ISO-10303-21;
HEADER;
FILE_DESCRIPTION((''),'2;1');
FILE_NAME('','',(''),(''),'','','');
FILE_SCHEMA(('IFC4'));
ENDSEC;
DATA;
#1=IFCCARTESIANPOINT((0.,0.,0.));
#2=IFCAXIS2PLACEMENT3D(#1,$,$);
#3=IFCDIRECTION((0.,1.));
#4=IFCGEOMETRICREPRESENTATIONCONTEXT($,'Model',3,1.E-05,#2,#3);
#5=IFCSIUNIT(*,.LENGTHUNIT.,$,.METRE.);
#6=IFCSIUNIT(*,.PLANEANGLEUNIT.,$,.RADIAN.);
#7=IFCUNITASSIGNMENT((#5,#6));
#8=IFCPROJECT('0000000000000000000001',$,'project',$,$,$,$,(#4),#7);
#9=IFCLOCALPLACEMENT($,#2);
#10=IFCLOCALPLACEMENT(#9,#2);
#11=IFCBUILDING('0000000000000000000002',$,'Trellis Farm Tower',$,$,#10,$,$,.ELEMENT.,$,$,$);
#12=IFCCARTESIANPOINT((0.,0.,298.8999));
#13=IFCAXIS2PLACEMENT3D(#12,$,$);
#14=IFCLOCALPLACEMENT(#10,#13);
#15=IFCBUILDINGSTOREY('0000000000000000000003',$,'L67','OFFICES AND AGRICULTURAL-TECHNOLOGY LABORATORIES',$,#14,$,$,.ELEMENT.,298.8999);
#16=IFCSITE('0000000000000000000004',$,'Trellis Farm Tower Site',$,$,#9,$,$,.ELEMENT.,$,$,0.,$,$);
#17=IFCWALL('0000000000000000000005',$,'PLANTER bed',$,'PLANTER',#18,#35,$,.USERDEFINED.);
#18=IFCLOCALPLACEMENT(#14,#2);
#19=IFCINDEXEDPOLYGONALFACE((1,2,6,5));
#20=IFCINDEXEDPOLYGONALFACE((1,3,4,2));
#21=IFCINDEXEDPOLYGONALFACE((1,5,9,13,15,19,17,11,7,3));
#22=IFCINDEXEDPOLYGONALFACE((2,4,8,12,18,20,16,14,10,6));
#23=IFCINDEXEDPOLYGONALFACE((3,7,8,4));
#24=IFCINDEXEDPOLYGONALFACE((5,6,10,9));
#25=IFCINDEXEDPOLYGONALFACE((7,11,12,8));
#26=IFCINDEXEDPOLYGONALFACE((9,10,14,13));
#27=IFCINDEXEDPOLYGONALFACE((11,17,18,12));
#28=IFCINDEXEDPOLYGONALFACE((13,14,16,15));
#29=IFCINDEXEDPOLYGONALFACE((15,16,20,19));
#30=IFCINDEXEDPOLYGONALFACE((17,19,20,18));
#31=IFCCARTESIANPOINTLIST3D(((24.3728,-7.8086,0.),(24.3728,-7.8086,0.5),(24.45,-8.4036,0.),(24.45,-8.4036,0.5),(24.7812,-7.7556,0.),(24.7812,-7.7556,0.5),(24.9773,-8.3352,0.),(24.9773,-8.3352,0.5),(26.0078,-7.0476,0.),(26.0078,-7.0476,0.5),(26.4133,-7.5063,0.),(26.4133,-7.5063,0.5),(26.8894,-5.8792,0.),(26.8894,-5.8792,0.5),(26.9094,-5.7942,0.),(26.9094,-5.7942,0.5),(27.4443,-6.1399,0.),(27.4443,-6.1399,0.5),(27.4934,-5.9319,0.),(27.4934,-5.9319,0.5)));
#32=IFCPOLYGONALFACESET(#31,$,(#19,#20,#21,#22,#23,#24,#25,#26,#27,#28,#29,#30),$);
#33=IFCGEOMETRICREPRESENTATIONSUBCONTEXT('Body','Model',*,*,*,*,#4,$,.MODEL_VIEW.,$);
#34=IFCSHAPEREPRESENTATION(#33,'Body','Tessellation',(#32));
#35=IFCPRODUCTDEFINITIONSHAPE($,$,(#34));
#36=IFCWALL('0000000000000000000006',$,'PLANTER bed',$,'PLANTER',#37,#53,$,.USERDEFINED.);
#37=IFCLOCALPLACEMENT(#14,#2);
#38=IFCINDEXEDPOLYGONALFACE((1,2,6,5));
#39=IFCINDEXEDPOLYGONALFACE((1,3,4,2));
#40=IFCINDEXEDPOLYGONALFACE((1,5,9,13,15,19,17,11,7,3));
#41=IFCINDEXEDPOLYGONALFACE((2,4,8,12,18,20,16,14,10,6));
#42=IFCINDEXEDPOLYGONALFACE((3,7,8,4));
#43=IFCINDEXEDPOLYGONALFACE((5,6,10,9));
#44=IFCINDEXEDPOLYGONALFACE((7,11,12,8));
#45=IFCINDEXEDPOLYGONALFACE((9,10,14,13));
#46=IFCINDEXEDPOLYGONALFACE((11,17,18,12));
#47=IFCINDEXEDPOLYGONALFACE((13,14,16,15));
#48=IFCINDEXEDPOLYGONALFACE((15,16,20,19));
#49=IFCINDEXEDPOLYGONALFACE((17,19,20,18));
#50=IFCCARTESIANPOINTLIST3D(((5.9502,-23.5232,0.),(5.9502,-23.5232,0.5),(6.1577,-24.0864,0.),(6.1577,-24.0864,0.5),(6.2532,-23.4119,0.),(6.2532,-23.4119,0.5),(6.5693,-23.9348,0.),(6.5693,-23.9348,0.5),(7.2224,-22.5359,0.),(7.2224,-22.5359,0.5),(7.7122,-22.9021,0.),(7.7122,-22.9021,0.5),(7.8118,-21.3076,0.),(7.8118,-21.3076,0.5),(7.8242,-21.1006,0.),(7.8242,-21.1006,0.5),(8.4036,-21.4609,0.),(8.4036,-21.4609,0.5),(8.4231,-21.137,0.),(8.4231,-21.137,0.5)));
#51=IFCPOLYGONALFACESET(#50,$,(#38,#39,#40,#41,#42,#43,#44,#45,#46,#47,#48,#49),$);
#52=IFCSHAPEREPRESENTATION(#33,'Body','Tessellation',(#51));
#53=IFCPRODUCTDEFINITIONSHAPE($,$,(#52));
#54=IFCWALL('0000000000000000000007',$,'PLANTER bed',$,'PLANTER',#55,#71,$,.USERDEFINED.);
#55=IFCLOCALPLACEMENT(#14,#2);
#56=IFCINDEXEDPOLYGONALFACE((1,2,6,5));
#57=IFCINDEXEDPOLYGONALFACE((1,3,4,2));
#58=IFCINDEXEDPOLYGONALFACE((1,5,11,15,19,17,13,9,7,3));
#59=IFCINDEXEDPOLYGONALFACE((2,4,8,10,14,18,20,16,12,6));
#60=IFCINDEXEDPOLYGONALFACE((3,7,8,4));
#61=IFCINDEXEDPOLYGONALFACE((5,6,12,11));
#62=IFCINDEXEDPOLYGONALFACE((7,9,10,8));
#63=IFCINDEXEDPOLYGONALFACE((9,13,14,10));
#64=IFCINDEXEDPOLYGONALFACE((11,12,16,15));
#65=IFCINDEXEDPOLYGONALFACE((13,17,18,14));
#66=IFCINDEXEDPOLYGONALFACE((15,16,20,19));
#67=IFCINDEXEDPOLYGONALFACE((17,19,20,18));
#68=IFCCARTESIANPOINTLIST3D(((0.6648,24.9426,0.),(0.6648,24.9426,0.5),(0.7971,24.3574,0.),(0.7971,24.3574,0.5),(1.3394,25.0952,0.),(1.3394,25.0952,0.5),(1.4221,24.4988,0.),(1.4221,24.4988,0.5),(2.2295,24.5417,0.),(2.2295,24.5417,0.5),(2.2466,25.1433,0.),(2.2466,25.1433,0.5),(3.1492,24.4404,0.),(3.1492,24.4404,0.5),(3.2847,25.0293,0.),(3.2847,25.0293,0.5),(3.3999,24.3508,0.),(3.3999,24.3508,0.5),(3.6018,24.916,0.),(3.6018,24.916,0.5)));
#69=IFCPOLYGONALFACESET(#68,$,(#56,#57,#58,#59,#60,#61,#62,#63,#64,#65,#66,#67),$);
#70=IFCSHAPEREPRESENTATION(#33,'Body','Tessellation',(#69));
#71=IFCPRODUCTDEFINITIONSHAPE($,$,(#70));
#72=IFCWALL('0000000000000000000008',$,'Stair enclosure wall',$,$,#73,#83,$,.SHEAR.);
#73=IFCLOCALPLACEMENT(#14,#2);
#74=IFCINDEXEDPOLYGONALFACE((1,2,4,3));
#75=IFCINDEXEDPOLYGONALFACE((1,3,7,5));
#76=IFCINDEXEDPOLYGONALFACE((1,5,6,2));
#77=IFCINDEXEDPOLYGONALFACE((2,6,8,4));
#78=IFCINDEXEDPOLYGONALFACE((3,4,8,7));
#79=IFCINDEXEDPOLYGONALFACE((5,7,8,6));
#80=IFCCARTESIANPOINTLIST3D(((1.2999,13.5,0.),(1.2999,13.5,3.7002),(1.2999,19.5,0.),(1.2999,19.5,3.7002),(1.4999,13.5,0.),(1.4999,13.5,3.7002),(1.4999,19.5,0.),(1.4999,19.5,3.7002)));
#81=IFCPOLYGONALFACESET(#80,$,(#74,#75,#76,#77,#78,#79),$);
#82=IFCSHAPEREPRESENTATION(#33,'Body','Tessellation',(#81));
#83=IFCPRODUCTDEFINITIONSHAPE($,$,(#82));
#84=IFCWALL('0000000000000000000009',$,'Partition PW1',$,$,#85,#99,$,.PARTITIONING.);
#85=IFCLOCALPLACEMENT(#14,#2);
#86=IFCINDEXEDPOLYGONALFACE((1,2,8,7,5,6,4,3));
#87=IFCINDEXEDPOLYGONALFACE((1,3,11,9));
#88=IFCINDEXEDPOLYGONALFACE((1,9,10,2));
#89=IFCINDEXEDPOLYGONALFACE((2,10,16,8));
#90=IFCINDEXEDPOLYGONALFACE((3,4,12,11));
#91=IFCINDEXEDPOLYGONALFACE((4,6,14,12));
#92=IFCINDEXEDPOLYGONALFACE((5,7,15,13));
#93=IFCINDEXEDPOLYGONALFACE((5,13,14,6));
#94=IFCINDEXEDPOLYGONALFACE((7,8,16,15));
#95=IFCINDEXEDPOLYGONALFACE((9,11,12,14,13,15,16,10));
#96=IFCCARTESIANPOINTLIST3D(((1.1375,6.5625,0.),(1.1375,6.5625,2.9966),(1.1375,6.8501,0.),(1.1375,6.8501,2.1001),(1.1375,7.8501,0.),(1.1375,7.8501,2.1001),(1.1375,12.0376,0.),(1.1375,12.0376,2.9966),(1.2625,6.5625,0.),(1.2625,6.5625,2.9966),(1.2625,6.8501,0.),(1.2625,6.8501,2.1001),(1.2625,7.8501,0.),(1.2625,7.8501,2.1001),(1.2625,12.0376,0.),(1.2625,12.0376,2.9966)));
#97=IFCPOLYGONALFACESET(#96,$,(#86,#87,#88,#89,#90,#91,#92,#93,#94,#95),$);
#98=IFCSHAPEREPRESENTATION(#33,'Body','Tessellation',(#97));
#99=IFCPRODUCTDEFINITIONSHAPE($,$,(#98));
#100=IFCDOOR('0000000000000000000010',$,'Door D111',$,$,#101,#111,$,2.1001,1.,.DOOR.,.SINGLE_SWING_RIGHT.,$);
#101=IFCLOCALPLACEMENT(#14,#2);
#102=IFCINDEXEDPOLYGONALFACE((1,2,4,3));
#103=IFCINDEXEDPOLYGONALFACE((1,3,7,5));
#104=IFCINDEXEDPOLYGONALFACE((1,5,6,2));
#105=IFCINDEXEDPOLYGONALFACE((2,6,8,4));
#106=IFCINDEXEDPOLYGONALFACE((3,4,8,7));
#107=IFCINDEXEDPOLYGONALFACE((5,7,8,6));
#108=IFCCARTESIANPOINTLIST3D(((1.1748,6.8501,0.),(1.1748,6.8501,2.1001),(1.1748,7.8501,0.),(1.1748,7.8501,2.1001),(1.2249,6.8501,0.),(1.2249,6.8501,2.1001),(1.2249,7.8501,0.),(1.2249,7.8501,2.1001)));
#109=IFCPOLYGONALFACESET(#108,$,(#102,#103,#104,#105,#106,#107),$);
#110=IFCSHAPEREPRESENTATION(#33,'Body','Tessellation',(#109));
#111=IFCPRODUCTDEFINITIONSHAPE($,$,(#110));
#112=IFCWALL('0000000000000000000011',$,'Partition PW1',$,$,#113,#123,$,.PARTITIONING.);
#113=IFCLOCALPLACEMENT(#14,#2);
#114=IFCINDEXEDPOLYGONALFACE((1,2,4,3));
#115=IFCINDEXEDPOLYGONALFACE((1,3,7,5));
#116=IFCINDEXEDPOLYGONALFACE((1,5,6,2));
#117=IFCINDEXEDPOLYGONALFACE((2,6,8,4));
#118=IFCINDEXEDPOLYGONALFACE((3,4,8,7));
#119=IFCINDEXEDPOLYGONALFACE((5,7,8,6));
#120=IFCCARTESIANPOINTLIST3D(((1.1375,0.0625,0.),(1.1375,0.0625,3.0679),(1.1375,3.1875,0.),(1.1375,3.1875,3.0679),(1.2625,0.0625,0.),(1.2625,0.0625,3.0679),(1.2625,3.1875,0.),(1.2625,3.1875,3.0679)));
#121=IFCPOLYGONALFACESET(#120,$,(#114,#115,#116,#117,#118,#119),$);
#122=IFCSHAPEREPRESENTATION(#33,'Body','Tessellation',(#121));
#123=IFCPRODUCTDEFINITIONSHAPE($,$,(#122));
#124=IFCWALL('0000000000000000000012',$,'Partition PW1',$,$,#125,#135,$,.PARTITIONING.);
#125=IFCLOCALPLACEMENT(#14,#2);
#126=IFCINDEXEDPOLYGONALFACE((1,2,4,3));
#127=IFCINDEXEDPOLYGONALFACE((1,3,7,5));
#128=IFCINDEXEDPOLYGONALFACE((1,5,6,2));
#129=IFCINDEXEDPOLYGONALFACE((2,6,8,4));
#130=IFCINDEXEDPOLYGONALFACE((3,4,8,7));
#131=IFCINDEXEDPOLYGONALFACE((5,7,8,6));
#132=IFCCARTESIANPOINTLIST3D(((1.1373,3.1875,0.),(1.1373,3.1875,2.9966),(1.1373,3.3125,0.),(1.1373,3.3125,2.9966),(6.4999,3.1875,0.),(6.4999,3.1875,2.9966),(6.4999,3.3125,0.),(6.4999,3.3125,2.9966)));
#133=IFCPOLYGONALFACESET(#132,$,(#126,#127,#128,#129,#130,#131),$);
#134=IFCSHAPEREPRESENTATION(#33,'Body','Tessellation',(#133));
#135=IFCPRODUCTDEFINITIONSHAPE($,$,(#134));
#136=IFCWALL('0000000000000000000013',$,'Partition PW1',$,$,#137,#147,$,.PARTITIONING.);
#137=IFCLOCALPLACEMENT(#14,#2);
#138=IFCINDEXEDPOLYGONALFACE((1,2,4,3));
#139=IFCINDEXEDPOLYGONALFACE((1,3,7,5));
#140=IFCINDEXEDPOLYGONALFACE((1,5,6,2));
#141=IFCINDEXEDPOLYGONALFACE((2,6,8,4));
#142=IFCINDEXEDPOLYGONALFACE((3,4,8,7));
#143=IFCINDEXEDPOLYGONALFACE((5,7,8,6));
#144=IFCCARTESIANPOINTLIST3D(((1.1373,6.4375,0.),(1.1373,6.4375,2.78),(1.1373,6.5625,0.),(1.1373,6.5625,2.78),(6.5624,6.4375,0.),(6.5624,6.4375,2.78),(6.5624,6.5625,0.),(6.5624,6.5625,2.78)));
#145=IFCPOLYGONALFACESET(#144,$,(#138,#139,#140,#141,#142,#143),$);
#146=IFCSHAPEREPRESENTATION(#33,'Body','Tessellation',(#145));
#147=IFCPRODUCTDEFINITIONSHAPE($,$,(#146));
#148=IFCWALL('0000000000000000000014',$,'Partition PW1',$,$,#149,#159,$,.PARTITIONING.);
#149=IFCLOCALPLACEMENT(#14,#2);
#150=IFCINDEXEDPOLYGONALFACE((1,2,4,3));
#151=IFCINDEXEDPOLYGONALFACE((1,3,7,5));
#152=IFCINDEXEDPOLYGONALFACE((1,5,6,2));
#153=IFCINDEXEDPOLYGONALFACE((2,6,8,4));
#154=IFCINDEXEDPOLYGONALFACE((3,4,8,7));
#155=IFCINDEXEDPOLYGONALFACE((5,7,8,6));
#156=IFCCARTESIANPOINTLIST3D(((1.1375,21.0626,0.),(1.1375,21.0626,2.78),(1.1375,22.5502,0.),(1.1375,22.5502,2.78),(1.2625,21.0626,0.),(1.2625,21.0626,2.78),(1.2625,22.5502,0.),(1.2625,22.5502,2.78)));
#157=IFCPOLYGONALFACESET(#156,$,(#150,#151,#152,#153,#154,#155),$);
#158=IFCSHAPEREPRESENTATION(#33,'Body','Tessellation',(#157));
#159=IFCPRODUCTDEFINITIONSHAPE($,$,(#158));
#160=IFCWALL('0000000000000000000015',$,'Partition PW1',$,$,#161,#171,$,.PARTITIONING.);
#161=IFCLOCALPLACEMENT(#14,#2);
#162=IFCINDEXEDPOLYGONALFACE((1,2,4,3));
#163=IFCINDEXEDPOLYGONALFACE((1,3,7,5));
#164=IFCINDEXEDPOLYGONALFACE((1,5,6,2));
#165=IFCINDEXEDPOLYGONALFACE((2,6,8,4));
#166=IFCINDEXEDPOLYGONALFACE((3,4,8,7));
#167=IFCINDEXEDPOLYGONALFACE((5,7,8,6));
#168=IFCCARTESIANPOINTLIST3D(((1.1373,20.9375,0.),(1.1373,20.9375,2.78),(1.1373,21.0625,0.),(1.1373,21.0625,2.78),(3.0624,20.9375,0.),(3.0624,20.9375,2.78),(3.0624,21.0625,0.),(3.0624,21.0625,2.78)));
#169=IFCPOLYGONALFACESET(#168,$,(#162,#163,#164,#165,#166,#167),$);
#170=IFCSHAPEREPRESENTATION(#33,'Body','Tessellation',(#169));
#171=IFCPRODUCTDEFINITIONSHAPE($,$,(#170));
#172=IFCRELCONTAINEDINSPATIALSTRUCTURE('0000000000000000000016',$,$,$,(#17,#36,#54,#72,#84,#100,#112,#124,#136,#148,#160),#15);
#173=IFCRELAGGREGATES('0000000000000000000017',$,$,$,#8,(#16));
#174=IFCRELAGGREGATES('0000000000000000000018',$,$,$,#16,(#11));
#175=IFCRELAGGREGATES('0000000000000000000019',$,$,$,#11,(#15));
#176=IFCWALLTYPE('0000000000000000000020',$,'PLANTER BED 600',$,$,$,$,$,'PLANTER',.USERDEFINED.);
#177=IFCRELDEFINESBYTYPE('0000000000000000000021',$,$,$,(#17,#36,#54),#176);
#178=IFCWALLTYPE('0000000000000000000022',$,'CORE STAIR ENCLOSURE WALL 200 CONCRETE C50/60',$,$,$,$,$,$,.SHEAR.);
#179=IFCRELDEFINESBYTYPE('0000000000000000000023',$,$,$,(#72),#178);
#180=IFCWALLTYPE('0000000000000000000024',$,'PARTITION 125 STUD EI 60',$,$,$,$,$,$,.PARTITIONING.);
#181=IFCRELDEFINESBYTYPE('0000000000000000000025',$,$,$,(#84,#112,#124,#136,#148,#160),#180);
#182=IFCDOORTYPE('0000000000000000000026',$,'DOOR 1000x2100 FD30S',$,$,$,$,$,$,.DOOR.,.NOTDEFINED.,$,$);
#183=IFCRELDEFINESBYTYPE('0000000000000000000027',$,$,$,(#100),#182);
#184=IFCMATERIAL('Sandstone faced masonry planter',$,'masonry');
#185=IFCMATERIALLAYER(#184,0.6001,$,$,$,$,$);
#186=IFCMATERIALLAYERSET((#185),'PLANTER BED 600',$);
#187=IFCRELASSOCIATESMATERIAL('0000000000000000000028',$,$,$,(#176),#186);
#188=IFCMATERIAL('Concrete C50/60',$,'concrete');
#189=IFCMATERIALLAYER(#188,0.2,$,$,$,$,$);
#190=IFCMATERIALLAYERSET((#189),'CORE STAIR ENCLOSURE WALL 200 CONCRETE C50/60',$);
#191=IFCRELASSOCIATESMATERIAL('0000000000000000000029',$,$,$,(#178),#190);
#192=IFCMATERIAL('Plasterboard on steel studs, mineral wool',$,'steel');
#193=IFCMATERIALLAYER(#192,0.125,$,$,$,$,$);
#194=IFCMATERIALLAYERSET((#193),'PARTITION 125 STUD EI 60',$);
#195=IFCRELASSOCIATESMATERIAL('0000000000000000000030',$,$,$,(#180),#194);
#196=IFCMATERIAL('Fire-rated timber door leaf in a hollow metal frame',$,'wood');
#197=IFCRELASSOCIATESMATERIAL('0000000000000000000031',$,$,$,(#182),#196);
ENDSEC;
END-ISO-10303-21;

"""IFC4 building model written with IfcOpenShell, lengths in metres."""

from ifc_helpers import new_model, si_unit, direction, frame, frame_2d, origin, place, context, subcontext, project, spatial, polyline, rectangle, outline, extrude, source, transform, mapped, material, layer, layer_set, type_object, element, fill, save


model = new_model("IFC4")

# Units and contexts
model_context = context("Model", 3, precision=1e-05, world=origin(), true_north=direction((0.0, 1.0)))
body_context = subcontext(model_context, "Body", "Model", "MODEL_VIEW")
ifc_project = project(units=[si_unit("LENGTHUNIT", "METRE"), si_unit("PLANEANGLEUNIT", "RADIAN")], contexts=[model_context])

# Site, building, storey
site_placement = place(None, origin())
site = spatial("IfcSite", under=ifc_project, at=site_placement, Name="Trellis Farm Tower Site", CompositionType="ELEMENT", RefElevation=0.0)
building_placement = place(site_placement, origin())
building = spatial("IfcBuilding", under=site, at=building_placement, Name="Trellis Farm Tower", CompositionType="ELEMENT")
storey_placement = place(building_placement, frame((0.0, 0.0, 298.8999)))
storey = spatial("IfcBuildingStorey", under=building, at=storey_placement, Name="L67", Description="OFFICES AND AGRICULTURAL-TECHNOLOGY LABORATORIES", CompositionType="ELEMENT", Elevation=298.8999)

# Shared definitions
placement_1 = place(storey_placement, origin())

# Walls
ifc_material_1 = material(Name="Sandstone faced masonry planter", Category="masonry")
ifc_layer_1 = layer(ifc_material_1, 0.6001)
ifc_layer_set_1 = layer_set([ifc_layer_1], Name="PLANTER BED 600")
wall_type_1 = type_object("IfcWallType", Name="PLANTER BED 600", ElementType="PLANTER", PredefinedType="USERDEFINED", material=ifc_layer_set_1)
element("IfcWall", 1, at=placement_1, inside=storey, type_object=wall_type_1, Name="PLANTER bed", ObjectType="PLANTER", PredefinedType="USERDEFINED", context=body_context, shape_type="SweptSolid", body=[
    extrude(outline(polyline([(27.4443, -6.1399), (26.4133, -7.5063), (24.9773, -8.3352), (24.45, -8.4036), (24.3728, -7.8086), (24.7812, -7.7556), (26.0078, -7.0476), (26.8894, -5.8792), (26.9094, -5.7942), (27.4934, -5.9319), (27.4443, -6.1399)])), origin(), (0.0, 0.0, 1.0), 0.5),
])
element("IfcWall", 2, at=placement_1, inside=storey, type_object=wall_type_1, Name="PLANTER bed", ObjectType="PLANTER", PredefinedType="USERDEFINED", context=body_context, shape_type="SweptSolid", body=[
    extrude(outline(polyline([(7.7122, -22.9021), (6.5693, -23.9348), (6.1577, -24.0864), (5.9502, -23.5232), (6.2532, -23.4119), (7.2224, -22.5359), (7.8118, -21.3076), (7.8242, -21.1006), (8.4231, -21.137), (8.4036, -21.4609), (7.7122, -22.9021)])), origin(), (0.0, 0.0, 1.0), 0.5),
])
element("IfcWall", 3, at=placement_1, inside=storey, type_object=wall_type_1, Name="PLANTER bed", ObjectType="PLANTER", PredefinedType="USERDEFINED", context=body_context, shape_type="SweptSolid", body=[
    extrude(outline(polyline([(2.2466, 25.1433), (3.2847, 25.0293), (3.6018, 24.916), (3.3999, 24.3508), (3.1492, 24.4404), (2.2295, 24.5417), (1.4221, 24.4988), (0.7971, 24.3574), (0.6648, 24.9426), (1.3394, 25.0952), (2.2466, 25.1433)])), origin(), (0.0, 0.0, 1.0), 0.5),
])
ifc_material_2 = material(Name="Concrete C50/60", Category="concrete")
ifc_layer_2 = layer(ifc_material_2, 0.2)
ifc_layer_set_2 = layer_set([ifc_layer_2], Name="CORE STAIR ENCLOSURE WALL 200 CONCRETE C50/60")
wall_type_2 = type_object("IfcWallType", Name="CORE STAIR ENCLOSURE WALL 200 CONCRETE C50/60", PredefinedType="SHEAR", material=ifc_layer_set_2)
shared_shape_1 = source(origin(), body_context, "Body", "SweptSolid", [
    extrude(rectangle(XDim=6.0, YDim=0.2, at=frame_2d((3.0, 0.0))), origin(), (0.0, 0.0, 1.0), 3.7002),
])
wall_1_placement = place(storey_placement, frame((1.3999, 13.5, 0.0), z_axis=(0.0, 0.0, 1.0), x_axis=(0.0, 1.0, 0.0)))
element("IfcWall", 4, at=wall_1_placement, inside=storey, type_object=wall_type_2, Name="Stair enclosure wall", PredefinedType="SHEAR", context=body_context, shape_type="MappedRepresentation", body=[
    mapped(shared_shape_1, transform((0.0, 0.0, 0.0))),
])

# Wall, opening, door
ifc_material_3 = material(Name="Plasterboard on steel studs, mineral wool", Category="steel")
ifc_layer_3 = layer(ifc_material_3, 0.125)
ifc_layer_set_3 = layer_set([ifc_layer_3], Name="PARTITION 125 STUD EI 60")
wall_type_3 = type_object("IfcWallType", Name="PARTITION 125 STUD EI 60", PredefinedType="PARTITIONING", material=ifc_layer_set_3)
shared_shape_2 = source(origin(), body_context, "Body", "SweptSolid", [
    extrude(rectangle(XDim=5.4751, YDim=0.125, at=frame_2d((2.7375, 0.0))), origin(), (0.0, 0.0, 1.0), 2.9966),
])
wall_2_placement = place(storey_placement, frame((1.2, 12.0376, 0.0), z_axis=(0.0, 0.0, 1.0), x_axis=(0.0, -1.0, 0.0)))
wall_2 = element("IfcWall", 5, at=wall_2_placement, inside=storey, type_object=wall_type_3, Name="Partition PW1", PredefinedType="PARTITIONING", context=body_context, shape_type="MappedRepresentation", body=[
    mapped(shared_shape_2, transform((0.0, 0.0, 0.0))),
])
shared_shape_3 = source(origin(), body_context, "Body", "SweptSolid", [
    extrude(rectangle(XDim=1.0, YDim=2.1001, at=frame_2d((0.5, 1.05))), frame((0.0, 0.0725, 0.0), z_axis=(0.0, -1.0, 0.0), x_axis=(1.0, 0.0, 0.0)), (0.0, 0.0, 1.0), 0.145),
])
opening_placement = place(wall_2_placement, frame((4.1875, 0.0, 0.0)))
opening = element("IfcOpeningElement", 6, at=opening_placement, cuts=wall_2, PredefinedType="OPENING", context=body_context, shape_type="MappedRepresentation", body=[
    mapped(shared_shape_3, transform((0.0, 0.0, 0.0))),
])
ifc_material_4 = material(Name="Fire-rated timber door leaf in a hollow metal frame", Category="wood")
door_type = type_object("IfcDoorType", Name="DOOR 1000x2100 FD30S", OperationType="NOTDEFINED", PredefinedType="DOOR", material=ifc_material_4)
shared_shape_4 = source(origin(), body_context, "Body", "SweptSolid", [
    extrude(rectangle(XDim=1.0, YDim=2.1001, at=frame_2d((0.5, 1.05))), frame((0.0, 0.0249, 0.0), z_axis=(0.0, -1.0, 0.0), x_axis=(1.0, 0.0, 0.0)), (0.0, 0.0, 1.0), 0.05),
])
door_placement = place(opening_placement, origin())
door = element("IfcDoor", 7, at=door_placement, inside=storey, type_object=door_type, Name="Door D111", OperationType="SINGLE_SWING_RIGHT", OverallHeight=2.1001, OverallWidth=1.0, PredefinedType="DOOR", context=body_context, shape_type="MappedRepresentation", body=[
    mapped(shared_shape_4, transform((0.0, 0.0, 0.0))),
])
fill(opening, door)

# Walls
shared_shape_5 = source(origin(), body_context, "Body", "SweptSolid", [
    extrude(rectangle(XDim=3.125, YDim=0.125, at=frame_2d((1.5625, 0.0))), origin(), (0.0, 0.0, 1.0), 3.0679),
])
wall_3_placement = place(storey_placement, frame((1.2, 3.1875, 0.0), z_axis=(0.0, 0.0, 1.0), x_axis=(0.0, -1.0, 0.0)))
element("IfcWall", 8, at=wall_3_placement, inside=storey, type_object=wall_type_3, Name="Partition PW1", PredefinedType="PARTITIONING", context=body_context, shape_type="MappedRepresentation", body=[
    mapped(shared_shape_5, transform((0.0, 0.0, 0.0))),
])
shared_shape_6 = source(origin(), body_context, "Body", "SweptSolid", [
    extrude(rectangle(XDim=5.3625, YDim=0.125, at=frame_2d((2.6812, 0.0))), origin(), (0.0, 0.0, 1.0), 2.9966),
])
wall_4_placement = place(storey_placement, frame((1.1375, 3.25, 0.0), z_axis=(0.0, 0.0, 1.0), x_axis=(1.0, 0.0, 0.0)))
element("IfcWall", 9, at=wall_4_placement, inside=storey, type_object=wall_type_3, Name="Partition PW1", PredefinedType="PARTITIONING", context=body_context, shape_type="MappedRepresentation", body=[
    mapped(shared_shape_6, transform((0.0, 0.0, 0.0))),
])
shared_shape_7 = source(origin(), body_context, "Body", "SweptSolid", [
    extrude(rectangle(XDim=5.425, YDim=0.125, at=frame_2d((2.7124, 0.0))), origin(), (0.0, 0.0, 1.0), 2.78),
])
wall_5_placement = place(storey_placement, frame((1.1375, 6.5, 0.0), z_axis=(0.0, 0.0, 1.0), x_axis=(1.0, 0.0, 0.0)))
element("IfcWall", 10, at=wall_5_placement, inside=storey, type_object=wall_type_3, Name="Partition PW1", PredefinedType="PARTITIONING", context=body_context, shape_type="MappedRepresentation", body=[
    mapped(shared_shape_7, transform((0.0, 0.0, 0.0))),
])
shared_shape_8 = source(origin(), body_context, "Body", "SweptSolid", [
    extrude(rectangle(XDim=1.4875, YDim=0.125, at=frame_2d((0.7437, 0.0))), origin(), (0.0, 0.0, 1.0), 2.78),
])
wall_6_placement = place(storey_placement, frame((1.2, 22.55, 0.0), z_axis=(0.0, 0.0, 1.0), x_axis=(0.0, -1.0, 0.0)))
element("IfcWall", 11, at=wall_6_placement, inside=storey, type_object=wall_type_3, Name="Partition PW1", PredefinedType="PARTITIONING", context=body_context, shape_type="MappedRepresentation", body=[
    mapped(shared_shape_8, transform((0.0, 0.0, 0.0))),
])
shared_shape_9 = source(origin(), body_context, "Body", "SweptSolid", [
    extrude(rectangle(XDim=1.925, YDim=0.125, at=frame_2d((0.9624, 0.0))), origin(), (0.0, 0.0, 1.0), 2.78),
])
wall_7_placement = place(storey_placement, frame((1.1375, 21.0, 0.0), z_axis=(0.0, 0.0, 1.0), x_axis=(1.0, 0.0, 0.0)))
element("IfcWall", 12, at=wall_7_placement, inside=storey, type_object=wall_type_3, Name="Partition PW1", PredefinedType="PARTITIONING", context=body_context, shape_type="MappedRepresentation", body=[
    mapped(shared_shape_9, transform((0.0, 0.0, 0.0))),
])

save(model, "model.ifc")
